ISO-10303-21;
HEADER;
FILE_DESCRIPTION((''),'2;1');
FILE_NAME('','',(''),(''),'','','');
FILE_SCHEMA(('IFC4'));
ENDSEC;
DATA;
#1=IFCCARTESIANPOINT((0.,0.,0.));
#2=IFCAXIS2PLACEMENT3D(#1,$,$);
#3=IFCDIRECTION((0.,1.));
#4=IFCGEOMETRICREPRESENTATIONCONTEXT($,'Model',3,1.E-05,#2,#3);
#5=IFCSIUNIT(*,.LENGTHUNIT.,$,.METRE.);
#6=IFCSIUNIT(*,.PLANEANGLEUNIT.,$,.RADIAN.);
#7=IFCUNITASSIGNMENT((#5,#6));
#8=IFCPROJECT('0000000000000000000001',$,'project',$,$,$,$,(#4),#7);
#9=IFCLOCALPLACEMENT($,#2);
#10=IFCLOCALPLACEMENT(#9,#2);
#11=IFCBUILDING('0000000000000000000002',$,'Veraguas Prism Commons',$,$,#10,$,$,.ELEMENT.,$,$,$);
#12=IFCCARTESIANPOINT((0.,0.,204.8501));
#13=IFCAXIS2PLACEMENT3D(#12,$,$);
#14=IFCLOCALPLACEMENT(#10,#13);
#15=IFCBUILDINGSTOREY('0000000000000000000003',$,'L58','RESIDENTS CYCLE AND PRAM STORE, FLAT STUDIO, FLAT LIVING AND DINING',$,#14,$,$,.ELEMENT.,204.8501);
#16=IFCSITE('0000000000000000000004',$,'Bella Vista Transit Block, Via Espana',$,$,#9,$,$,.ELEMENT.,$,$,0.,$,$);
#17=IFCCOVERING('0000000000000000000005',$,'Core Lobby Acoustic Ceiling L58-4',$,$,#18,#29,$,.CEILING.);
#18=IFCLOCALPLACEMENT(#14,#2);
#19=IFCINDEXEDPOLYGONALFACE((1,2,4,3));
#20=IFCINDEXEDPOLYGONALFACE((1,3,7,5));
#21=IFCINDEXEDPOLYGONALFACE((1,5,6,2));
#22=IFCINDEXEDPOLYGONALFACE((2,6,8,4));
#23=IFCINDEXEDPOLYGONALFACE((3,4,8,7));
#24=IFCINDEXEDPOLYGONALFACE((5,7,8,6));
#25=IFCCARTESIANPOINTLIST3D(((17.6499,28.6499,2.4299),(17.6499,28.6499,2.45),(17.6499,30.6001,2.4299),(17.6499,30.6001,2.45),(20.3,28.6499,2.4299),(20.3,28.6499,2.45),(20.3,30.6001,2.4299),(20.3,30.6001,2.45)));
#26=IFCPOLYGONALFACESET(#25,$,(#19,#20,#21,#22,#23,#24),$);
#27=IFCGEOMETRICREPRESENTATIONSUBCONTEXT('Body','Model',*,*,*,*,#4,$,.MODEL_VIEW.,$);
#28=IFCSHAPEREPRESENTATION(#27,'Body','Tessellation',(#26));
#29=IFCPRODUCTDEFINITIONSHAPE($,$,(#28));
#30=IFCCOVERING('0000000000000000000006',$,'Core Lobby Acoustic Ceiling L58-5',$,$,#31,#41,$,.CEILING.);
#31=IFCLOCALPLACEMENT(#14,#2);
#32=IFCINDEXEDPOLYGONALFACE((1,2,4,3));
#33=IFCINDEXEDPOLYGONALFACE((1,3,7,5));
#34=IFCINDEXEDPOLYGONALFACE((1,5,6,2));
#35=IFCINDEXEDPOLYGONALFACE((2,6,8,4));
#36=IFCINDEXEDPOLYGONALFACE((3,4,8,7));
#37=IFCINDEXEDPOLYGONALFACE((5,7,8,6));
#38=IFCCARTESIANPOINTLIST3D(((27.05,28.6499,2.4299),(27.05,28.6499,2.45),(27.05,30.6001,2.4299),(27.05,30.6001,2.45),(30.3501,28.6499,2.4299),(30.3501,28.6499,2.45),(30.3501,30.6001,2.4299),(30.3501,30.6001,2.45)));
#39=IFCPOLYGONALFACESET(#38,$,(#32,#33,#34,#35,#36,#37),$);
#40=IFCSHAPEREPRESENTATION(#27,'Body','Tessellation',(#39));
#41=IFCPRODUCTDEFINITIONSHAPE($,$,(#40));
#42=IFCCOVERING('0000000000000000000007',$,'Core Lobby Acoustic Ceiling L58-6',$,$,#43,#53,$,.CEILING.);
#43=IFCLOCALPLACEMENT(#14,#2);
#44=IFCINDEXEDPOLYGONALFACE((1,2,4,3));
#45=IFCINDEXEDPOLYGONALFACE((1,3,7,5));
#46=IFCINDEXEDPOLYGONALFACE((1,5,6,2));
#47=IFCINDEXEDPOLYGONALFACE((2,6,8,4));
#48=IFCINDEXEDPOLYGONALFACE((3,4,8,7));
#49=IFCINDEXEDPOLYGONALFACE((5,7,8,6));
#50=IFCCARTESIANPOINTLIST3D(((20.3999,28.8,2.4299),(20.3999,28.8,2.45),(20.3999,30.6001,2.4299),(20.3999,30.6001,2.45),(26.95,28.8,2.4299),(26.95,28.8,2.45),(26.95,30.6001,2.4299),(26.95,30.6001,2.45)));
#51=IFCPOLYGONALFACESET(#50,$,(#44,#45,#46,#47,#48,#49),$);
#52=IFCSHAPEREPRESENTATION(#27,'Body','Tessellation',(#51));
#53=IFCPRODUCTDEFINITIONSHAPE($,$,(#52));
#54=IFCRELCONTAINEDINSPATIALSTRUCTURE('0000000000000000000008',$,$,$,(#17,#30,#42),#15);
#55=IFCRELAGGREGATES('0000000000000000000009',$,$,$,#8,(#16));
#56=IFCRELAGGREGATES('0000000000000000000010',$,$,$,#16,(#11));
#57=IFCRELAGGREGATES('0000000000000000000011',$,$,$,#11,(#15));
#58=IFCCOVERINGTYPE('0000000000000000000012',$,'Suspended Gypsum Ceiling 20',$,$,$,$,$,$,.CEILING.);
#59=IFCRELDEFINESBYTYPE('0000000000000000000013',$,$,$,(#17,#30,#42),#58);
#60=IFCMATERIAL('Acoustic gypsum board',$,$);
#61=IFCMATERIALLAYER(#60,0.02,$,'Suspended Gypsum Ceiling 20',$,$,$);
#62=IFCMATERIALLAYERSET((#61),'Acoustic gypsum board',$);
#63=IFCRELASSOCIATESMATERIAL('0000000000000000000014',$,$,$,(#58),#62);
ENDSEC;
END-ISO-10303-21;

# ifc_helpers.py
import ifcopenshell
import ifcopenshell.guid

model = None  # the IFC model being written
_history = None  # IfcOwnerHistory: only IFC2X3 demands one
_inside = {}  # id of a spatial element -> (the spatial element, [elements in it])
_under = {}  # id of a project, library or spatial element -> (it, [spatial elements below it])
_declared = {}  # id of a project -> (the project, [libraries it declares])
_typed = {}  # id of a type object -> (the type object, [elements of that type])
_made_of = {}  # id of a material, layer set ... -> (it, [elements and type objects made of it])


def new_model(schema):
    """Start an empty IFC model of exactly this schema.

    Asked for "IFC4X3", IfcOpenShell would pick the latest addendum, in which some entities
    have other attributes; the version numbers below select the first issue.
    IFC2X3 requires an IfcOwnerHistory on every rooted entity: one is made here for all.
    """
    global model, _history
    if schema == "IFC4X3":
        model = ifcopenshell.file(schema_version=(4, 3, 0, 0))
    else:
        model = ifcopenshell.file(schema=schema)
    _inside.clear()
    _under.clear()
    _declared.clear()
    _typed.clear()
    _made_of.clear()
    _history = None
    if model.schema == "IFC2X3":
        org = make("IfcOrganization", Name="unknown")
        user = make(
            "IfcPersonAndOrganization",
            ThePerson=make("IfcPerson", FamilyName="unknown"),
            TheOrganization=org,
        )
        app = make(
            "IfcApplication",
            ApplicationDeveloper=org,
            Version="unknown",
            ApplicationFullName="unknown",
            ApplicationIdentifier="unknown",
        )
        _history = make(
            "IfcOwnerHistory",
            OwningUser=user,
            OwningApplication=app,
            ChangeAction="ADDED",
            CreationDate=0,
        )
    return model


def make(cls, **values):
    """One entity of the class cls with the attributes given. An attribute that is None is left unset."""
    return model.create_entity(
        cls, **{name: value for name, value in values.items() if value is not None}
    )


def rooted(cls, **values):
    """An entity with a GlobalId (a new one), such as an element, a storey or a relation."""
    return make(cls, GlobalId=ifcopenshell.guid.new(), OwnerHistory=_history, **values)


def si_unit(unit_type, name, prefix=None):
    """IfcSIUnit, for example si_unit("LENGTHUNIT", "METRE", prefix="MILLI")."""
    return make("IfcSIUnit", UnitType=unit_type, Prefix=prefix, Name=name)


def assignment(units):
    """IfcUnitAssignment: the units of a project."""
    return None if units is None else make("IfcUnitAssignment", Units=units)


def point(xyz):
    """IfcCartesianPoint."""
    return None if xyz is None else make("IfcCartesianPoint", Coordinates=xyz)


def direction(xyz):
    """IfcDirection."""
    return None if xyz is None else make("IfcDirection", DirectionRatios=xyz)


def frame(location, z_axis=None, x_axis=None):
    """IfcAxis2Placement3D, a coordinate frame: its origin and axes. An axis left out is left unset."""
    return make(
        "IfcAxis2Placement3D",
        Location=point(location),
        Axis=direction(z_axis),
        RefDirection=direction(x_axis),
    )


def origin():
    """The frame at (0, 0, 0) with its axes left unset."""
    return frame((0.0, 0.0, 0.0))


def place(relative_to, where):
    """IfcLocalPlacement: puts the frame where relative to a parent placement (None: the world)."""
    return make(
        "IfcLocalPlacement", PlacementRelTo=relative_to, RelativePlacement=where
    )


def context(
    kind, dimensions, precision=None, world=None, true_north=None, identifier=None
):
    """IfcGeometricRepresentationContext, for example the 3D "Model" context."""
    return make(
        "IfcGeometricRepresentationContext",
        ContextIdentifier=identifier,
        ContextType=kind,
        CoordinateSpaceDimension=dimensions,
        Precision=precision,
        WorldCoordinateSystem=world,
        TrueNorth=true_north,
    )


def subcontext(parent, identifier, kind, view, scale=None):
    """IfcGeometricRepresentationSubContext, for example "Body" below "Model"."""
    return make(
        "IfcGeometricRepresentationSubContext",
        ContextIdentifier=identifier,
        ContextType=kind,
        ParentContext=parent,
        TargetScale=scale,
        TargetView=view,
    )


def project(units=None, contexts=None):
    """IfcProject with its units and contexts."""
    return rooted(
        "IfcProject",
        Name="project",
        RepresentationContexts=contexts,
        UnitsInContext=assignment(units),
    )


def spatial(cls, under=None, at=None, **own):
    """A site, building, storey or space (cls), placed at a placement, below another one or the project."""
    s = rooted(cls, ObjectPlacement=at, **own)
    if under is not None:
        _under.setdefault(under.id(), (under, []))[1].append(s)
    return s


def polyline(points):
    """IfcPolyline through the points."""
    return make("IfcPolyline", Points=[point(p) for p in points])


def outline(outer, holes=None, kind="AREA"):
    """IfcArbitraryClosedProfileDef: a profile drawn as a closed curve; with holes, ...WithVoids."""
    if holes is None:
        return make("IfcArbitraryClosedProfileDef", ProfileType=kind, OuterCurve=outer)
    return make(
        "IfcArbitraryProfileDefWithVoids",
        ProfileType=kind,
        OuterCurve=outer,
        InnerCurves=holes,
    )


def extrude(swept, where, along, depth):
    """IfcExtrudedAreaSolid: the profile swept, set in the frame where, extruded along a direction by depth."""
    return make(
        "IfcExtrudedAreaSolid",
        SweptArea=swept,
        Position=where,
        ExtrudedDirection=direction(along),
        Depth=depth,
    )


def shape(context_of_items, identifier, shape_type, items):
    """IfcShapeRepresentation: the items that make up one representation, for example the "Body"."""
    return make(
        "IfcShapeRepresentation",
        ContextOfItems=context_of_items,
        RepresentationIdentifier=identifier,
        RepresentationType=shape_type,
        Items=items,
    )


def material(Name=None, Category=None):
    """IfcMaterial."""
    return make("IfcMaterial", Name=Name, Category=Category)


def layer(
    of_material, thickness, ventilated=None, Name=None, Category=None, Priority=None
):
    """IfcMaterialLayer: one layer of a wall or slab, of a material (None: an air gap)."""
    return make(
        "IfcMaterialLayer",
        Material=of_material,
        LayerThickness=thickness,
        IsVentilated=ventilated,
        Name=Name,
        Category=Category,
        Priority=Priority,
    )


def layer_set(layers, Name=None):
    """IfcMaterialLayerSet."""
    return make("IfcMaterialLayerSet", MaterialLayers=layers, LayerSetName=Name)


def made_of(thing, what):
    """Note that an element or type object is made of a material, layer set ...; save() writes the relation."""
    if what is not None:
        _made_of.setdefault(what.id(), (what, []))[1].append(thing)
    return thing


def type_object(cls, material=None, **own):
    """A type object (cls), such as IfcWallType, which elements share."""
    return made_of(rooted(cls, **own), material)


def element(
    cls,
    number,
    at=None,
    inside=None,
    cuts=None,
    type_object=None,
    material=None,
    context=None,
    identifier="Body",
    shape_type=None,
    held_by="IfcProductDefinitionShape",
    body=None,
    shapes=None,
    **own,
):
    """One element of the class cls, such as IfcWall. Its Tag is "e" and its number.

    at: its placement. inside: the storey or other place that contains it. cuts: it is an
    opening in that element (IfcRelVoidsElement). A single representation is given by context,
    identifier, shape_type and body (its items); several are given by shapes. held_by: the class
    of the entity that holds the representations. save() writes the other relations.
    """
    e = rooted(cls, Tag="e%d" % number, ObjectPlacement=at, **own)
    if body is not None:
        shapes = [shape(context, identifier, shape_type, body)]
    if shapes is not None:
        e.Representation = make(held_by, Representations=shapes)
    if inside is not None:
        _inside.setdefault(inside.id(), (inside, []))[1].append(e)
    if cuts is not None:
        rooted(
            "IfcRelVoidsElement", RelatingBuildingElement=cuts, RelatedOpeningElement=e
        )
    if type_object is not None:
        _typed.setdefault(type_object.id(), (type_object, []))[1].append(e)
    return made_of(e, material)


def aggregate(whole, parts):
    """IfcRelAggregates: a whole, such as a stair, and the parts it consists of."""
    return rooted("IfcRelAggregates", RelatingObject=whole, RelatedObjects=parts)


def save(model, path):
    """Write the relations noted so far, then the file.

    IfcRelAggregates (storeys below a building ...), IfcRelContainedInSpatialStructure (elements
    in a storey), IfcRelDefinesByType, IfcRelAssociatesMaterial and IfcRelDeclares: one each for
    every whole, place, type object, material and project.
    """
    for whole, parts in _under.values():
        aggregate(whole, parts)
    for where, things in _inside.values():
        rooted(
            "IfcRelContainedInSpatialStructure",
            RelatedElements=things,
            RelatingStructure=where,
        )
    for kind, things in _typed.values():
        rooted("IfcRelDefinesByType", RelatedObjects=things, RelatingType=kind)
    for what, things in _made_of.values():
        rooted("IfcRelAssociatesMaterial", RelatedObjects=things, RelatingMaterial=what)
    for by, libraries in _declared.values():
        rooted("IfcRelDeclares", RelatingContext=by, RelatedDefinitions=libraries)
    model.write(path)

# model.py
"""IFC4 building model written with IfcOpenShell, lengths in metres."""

from ifc_helpers import new_model, si_unit, direction, frame, origin, place, context, subcontext, project, spatial, polyline, outline, extrude, material, layer, layer_set, type_object, element, save


model = new_model("IFC4")

# Units and contexts
model_context = context("Model", 3, precision=1e-05, world=origin(), true_north=direction((0.0, 1.0)))
body_context = subcontext(model_context, "Body", "Model", "MODEL_VIEW")
ifc_project = project(units=[si_unit("LENGTHUNIT", "METRE"), si_unit("PLANEANGLEUNIT", "RADIAN")], contexts=[model_context])

# Site, building, storey
site_placement = place(None, origin())
site = spatial("IfcSite", under=ifc_project, at=site_placement, Name="Bella Vista Transit Block, Via Espana", CompositionType="ELEMENT", RefElevation=0.0)
building_placement = place(site_placement, origin())
building = spatial("IfcBuilding", under=site, at=building_placement, Name="Veraguas Prism Commons", CompositionType="ELEMENT")
storey_placement = place(building_placement, frame((0.0, 0.0, 204.8501)))
storey = spatial("IfcBuildingStorey", under=building, at=storey_placement, Name="L58", Description="RESIDENTS CYCLE AND PRAM STORE, FLAT STUDIO, FLAT LIVING AND DINING", CompositionType="ELEMENT", Elevation=204.8501)

# Coverings
ifc_material_1 = material(Name="Acoustic gypsum board")
ifc_layer_1 = layer(ifc_material_1, 0.02, Name="Suspended Gypsum Ceiling 20")
ifc_layer_set_1 = layer_set([ifc_layer_1], Name="Acoustic gypsum board")
covering_type_1 = type_object("IfcCoveringType", Name="Suspended Gypsum Ceiling 20", PredefinedType="CEILING", material=ifc_layer_set_1)
covering_1_placement = place(storey_placement, frame((0.0, 0.0, 2.4299)))
element("IfcCovering", 1, at=covering_1_placement, inside=storey, type_object=covering_type_1, Name="Core Lobby Acoustic Ceiling L58-4", PredefinedType="CEILING", context=body_context, shape_type="SweptSolid", body=[
    extrude(outline(polyline([(17.6499, 28.6499), (20.3, 28.6499), (20.3, 30.6001), (17.6499, 30.6001), (17.6499, 28.6499)])), origin(), (0.0, 0.0, 1.0), 0.02),
])
covering_2_placement = place(storey_placement, frame((0.0, 0.0, 2.4299)))
element("IfcCovering", 2, at=covering_2_placement, inside=storey, type_object=covering_type_1, Name="Core Lobby Acoustic Ceiling L58-5", PredefinedType="CEILING", context=body_context, shape_type="SweptSolid", body=[
    extrude(outline(polyline([(27.05, 28.6499), (30.3501, 28.6499), (30.3501, 30.6001), (27.05, 30.6001), (27.05, 28.6499)])), origin(), (0.0, 0.0, 1.0), 0.02),
])
covering_3_placement = place(storey_placement, frame((0.0, 0.0, 2.4299)))
element("IfcCovering", 3, at=covering_3_placement, inside=storey, type_object=covering_type_1, Name="Core Lobby Acoustic Ceiling L58-6", PredefinedType="CEILING", context=body_context, shape_type="SweptSolid", body=[
    extrude(outline(polyline([(20.3999, 28.8), (26.95, 28.8), (26.95, 30.6001), (20.3999, 30.6001), (20.3999, 28.8)])), origin(), (0.0, 0.0, 1.0), 0.02),
])

save(model, "model.ifc")
